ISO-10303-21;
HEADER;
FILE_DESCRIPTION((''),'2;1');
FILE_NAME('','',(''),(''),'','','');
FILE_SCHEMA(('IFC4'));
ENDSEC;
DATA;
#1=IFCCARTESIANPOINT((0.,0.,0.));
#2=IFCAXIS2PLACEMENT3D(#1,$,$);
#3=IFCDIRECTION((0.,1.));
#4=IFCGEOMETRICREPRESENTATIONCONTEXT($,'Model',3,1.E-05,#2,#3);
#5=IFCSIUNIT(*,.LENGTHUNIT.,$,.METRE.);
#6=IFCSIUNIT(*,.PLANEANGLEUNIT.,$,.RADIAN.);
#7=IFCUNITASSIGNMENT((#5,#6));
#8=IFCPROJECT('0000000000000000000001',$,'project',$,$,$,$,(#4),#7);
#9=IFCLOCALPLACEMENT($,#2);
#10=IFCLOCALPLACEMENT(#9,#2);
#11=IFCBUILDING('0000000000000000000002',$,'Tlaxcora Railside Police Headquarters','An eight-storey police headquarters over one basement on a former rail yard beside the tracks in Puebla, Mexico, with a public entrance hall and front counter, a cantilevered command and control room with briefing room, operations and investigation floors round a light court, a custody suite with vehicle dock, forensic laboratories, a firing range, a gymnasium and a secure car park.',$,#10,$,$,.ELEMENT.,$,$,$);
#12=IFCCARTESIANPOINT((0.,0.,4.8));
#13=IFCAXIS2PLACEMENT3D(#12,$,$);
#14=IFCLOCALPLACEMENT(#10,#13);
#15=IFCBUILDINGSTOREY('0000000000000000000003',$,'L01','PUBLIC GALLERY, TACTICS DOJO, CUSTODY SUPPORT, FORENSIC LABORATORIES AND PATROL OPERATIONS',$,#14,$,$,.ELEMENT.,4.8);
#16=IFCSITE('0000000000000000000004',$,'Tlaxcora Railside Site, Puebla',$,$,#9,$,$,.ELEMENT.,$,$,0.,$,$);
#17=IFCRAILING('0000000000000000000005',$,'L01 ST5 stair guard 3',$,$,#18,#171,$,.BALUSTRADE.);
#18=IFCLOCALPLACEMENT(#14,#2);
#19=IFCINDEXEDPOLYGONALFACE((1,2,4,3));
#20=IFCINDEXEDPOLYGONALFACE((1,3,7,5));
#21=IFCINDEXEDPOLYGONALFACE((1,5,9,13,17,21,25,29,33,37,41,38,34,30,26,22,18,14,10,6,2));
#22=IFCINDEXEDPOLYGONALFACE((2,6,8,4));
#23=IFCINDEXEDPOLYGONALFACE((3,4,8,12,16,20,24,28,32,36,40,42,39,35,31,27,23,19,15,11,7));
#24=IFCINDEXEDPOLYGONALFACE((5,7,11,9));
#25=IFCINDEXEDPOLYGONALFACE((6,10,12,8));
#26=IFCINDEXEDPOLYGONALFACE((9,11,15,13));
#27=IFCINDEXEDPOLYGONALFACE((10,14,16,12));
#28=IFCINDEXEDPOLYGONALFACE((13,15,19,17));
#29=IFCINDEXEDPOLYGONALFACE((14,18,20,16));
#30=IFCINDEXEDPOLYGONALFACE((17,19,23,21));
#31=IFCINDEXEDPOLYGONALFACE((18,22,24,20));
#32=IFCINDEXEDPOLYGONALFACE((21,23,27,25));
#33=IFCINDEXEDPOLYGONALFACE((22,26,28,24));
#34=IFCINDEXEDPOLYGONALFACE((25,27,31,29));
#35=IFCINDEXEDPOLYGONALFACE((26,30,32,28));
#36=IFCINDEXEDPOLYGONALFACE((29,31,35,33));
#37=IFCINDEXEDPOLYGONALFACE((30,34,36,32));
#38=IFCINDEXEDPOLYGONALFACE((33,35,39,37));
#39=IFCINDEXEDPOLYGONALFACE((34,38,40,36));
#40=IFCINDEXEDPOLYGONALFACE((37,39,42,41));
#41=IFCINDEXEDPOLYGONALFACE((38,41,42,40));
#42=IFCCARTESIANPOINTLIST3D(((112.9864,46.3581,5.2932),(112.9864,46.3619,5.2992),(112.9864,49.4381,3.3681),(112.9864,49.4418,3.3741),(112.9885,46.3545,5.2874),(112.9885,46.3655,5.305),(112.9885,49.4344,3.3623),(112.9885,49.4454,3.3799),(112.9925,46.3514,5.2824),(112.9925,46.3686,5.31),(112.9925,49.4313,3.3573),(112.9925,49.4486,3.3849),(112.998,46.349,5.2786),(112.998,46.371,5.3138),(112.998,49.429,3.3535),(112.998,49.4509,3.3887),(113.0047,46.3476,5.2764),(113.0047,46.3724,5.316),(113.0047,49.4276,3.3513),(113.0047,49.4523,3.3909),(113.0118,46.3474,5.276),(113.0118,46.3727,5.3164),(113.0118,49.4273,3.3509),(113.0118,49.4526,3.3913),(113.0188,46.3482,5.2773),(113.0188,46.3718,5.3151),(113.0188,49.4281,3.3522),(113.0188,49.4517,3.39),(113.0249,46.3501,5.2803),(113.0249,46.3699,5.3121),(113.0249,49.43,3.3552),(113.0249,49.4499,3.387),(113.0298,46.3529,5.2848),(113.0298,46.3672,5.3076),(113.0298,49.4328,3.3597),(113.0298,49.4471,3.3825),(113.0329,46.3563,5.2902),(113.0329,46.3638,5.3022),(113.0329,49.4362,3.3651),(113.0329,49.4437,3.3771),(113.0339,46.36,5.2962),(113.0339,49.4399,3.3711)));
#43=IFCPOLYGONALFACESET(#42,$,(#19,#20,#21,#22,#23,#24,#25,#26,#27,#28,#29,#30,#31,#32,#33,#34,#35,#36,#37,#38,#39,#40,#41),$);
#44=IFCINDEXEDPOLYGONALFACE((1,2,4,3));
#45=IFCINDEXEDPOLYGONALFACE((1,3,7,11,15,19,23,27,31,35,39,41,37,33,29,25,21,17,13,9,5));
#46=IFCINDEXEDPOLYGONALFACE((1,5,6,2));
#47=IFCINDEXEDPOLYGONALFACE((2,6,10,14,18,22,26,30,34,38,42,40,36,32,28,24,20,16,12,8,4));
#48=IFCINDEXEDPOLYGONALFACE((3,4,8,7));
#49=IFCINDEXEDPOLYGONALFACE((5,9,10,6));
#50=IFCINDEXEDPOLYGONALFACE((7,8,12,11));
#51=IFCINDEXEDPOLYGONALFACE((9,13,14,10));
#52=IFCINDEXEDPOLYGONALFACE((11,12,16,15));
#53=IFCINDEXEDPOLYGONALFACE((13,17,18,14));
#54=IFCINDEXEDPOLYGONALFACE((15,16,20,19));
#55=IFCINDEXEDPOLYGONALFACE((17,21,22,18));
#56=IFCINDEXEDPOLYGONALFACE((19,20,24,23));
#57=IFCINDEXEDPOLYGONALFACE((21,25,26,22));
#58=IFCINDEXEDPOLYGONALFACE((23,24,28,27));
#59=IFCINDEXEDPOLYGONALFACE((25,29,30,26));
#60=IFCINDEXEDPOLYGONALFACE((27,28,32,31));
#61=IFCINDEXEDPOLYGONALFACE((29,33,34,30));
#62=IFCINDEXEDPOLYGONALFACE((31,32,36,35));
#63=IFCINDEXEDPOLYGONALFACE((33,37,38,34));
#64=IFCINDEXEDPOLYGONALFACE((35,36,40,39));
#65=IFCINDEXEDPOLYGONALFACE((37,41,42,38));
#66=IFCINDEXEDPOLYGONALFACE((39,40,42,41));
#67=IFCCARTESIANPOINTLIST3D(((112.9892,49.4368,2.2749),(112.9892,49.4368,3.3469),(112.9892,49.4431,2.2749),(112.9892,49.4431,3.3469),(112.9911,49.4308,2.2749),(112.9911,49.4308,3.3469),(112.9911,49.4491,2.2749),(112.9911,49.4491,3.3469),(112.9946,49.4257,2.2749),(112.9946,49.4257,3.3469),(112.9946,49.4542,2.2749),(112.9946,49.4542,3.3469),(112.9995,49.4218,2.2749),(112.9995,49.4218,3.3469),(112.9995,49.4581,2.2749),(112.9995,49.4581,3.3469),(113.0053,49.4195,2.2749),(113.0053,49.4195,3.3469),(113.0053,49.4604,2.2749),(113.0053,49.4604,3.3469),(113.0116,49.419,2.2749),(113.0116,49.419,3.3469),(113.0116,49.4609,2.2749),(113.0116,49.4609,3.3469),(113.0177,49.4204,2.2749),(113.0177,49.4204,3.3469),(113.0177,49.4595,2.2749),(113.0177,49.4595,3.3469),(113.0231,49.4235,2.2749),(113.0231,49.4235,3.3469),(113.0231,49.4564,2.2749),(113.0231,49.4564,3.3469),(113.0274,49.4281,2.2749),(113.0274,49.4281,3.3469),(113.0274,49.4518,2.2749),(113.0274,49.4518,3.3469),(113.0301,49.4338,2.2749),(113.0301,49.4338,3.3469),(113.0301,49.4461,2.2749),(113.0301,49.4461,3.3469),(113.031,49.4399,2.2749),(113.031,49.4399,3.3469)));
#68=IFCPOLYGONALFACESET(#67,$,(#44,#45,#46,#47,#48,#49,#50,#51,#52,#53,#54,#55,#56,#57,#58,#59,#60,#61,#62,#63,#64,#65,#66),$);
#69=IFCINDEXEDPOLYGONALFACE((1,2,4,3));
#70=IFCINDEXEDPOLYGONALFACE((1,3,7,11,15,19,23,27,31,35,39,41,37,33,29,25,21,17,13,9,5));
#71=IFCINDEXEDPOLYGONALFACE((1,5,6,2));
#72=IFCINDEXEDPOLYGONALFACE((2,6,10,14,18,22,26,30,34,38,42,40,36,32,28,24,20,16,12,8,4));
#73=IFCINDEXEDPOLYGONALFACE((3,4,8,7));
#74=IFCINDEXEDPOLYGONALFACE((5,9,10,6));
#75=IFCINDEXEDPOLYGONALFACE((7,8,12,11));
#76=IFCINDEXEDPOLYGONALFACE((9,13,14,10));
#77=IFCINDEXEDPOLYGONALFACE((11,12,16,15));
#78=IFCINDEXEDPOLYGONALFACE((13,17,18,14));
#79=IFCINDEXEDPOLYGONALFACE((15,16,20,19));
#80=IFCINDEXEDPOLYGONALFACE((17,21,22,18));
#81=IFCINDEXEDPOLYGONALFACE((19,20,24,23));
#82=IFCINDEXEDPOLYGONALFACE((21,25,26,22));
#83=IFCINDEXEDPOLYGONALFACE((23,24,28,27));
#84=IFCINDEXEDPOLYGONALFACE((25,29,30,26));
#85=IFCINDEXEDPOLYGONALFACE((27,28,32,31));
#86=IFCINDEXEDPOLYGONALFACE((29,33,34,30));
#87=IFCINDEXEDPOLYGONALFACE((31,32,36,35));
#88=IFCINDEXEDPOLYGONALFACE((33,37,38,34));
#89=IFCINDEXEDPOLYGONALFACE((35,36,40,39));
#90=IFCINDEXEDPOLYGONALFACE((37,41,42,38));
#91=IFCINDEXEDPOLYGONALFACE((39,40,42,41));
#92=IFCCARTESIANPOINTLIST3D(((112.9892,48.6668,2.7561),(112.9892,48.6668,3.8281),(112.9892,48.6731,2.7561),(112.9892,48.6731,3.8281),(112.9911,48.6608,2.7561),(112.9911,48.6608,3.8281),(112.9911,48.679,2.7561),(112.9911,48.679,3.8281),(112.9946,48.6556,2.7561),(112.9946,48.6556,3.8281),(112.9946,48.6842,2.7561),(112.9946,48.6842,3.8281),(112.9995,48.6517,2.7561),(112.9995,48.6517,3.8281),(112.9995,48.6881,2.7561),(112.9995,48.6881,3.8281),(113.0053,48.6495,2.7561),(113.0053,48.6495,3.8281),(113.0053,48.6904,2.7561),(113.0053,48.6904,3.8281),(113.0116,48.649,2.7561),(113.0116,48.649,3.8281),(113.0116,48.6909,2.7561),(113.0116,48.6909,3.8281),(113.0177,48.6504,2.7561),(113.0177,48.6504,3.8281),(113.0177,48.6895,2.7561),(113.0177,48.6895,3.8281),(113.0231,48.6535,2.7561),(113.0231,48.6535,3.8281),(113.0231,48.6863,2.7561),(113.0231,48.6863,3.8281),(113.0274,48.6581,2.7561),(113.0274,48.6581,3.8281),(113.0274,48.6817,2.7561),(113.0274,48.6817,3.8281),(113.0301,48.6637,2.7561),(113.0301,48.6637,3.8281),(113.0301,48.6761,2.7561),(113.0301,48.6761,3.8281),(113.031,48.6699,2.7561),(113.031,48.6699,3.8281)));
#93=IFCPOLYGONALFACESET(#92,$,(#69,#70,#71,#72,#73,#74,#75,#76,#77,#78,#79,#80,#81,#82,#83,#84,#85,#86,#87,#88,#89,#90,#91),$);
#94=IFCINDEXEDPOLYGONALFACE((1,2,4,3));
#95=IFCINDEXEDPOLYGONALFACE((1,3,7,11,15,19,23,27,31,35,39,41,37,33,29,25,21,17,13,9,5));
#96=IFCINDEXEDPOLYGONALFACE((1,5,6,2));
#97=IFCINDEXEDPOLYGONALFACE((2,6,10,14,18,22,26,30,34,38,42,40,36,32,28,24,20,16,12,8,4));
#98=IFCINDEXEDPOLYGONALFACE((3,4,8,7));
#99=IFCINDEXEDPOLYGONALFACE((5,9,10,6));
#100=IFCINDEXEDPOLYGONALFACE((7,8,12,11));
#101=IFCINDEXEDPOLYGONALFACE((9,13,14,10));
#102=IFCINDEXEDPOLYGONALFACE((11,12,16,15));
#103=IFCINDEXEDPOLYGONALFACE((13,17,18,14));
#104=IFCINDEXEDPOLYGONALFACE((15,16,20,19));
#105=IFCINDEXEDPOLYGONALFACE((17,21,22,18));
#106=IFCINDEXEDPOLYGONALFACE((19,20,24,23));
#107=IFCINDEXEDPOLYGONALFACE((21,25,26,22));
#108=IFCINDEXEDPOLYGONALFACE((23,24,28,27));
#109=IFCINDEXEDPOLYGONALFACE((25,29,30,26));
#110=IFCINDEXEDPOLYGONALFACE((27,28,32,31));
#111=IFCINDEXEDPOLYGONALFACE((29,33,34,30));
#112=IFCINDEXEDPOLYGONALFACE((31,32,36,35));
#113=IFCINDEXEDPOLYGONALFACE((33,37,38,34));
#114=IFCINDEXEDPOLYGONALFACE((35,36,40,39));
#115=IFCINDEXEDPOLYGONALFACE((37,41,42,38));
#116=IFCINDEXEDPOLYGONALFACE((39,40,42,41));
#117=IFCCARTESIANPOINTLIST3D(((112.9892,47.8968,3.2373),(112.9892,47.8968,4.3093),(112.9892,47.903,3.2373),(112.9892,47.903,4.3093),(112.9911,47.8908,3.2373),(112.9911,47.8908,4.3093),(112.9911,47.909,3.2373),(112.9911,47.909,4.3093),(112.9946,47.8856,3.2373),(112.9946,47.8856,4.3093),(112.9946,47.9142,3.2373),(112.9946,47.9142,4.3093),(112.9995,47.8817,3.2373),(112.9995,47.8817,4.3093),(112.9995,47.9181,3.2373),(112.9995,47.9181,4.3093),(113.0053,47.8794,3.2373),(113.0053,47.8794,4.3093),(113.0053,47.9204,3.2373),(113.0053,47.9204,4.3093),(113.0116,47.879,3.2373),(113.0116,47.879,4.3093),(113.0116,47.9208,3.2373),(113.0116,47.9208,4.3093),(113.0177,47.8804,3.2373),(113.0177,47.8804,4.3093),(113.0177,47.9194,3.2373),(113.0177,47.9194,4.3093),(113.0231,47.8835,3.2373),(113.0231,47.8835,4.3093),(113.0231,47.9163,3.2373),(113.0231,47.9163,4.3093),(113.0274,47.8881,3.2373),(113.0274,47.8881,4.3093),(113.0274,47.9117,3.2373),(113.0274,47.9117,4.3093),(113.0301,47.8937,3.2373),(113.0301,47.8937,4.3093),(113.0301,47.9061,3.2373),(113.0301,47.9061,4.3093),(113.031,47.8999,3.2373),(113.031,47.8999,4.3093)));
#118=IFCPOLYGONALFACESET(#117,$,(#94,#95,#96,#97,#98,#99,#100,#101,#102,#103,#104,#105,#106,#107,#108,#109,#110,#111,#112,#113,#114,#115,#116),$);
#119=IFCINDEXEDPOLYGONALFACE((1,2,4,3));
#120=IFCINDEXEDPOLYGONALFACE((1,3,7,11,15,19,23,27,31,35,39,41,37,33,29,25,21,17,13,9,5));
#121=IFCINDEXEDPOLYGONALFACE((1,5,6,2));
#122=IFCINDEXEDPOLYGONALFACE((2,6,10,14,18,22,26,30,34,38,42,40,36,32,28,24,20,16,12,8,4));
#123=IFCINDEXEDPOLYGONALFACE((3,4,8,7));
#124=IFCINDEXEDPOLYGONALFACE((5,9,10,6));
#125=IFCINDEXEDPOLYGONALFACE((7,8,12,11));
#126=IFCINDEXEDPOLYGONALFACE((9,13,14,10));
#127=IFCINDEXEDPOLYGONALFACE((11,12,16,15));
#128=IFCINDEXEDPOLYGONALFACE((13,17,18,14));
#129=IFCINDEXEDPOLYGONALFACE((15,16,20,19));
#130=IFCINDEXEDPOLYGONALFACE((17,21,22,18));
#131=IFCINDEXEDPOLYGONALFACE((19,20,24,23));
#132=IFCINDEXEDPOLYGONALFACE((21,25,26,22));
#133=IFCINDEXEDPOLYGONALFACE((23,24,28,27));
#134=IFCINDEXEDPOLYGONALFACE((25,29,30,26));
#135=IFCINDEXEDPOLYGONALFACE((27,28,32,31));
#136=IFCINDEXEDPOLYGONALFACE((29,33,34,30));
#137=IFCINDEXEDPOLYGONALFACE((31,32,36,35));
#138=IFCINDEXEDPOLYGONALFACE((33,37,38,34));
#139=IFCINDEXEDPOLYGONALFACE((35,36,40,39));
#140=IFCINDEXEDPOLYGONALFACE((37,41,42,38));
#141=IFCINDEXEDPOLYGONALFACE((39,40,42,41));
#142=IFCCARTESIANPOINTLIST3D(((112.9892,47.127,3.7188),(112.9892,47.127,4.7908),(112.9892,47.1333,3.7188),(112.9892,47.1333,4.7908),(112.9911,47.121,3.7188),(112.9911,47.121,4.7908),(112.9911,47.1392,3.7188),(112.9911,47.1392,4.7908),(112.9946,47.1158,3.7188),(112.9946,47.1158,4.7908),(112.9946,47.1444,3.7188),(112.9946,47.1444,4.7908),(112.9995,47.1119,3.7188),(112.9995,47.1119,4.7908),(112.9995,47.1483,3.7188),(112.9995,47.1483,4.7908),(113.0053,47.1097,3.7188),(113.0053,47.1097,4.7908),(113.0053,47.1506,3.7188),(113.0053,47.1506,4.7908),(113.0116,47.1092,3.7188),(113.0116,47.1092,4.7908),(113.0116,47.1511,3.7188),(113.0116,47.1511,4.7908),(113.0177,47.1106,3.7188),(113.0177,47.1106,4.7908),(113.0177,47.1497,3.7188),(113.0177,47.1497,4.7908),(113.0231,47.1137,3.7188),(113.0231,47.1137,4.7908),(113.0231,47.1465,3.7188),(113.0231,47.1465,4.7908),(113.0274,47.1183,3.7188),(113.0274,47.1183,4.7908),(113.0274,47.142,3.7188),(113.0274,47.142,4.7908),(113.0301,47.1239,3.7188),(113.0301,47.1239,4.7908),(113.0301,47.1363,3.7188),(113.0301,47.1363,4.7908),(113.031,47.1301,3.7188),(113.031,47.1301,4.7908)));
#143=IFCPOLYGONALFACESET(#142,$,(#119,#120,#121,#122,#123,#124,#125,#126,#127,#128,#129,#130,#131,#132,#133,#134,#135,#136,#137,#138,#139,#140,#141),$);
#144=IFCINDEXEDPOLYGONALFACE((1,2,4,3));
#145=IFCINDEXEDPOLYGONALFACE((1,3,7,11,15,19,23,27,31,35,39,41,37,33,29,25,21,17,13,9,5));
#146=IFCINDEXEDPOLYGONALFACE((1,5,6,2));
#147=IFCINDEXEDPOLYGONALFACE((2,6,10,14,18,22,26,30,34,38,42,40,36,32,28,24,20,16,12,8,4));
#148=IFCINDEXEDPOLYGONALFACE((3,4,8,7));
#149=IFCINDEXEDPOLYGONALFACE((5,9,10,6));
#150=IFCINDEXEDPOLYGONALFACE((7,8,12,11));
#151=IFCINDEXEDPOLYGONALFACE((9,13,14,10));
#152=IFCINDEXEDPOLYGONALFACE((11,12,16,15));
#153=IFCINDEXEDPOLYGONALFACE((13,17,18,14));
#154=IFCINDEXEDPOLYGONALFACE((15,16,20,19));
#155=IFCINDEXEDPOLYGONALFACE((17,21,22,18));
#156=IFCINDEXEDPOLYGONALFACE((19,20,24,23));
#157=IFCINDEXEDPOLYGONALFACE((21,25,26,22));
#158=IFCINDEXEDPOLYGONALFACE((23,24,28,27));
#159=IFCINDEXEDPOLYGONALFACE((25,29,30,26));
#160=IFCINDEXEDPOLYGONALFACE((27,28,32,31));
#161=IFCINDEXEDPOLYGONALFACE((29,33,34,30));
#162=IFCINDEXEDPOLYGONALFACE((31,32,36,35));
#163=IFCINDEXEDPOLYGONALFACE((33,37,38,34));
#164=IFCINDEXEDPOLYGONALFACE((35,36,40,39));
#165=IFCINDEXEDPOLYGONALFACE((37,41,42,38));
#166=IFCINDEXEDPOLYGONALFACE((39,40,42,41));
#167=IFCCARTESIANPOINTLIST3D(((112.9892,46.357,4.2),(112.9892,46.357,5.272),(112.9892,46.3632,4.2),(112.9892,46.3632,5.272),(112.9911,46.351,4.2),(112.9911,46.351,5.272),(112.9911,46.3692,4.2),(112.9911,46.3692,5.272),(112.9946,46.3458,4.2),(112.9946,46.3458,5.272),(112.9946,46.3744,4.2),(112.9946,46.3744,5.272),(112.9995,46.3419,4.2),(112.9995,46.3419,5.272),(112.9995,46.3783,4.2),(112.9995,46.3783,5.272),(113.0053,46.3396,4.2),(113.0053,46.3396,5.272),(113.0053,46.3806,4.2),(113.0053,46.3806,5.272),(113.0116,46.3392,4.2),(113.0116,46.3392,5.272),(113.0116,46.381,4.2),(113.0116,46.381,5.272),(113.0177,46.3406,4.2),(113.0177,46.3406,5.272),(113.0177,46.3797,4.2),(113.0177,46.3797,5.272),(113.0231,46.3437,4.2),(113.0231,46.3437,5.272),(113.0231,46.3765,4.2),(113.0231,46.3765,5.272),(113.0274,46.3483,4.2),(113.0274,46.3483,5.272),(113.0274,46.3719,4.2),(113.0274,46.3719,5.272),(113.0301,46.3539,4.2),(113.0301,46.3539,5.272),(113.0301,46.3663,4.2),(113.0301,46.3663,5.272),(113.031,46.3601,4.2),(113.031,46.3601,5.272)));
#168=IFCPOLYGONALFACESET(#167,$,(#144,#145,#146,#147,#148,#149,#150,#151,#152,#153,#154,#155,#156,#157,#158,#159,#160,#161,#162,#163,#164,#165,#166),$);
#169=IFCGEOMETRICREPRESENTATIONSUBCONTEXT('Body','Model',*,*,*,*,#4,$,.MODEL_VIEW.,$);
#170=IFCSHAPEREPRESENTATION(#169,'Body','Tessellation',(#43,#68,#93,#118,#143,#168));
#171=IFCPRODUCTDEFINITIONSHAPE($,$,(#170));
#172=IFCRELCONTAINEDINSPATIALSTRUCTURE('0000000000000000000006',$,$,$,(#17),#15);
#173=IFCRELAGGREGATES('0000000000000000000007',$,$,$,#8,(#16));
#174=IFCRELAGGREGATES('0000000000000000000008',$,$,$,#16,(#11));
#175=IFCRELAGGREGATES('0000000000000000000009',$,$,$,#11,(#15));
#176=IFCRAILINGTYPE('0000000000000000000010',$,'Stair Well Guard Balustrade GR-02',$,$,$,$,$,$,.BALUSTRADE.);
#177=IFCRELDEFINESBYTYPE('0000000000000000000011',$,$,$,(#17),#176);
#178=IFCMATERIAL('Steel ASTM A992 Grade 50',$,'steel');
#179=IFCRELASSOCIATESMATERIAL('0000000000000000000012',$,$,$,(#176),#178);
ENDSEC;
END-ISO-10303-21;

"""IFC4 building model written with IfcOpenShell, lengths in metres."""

from ifc_helpers import new_model, si_unit, direction, frame, origin, origin_2d, place, context, subcontext, project, spatial, circle, extrude, material, type_object, element, save


model = new_model("IFC4")

# Units and contexts
model_context = context("Model", 3, precision=1e-05, world=origin(), true_north=direction((0.0, 1.0)))
body_context = subcontext(model_context, "Body", "Model", "MODEL_VIEW")
ifc_project = project(units=[si_unit("LENGTHUNIT", "METRE"), si_unit("PLANEANGLEUNIT", "RADIAN")], contexts=[model_context])

# Site, building, storey
site_placement = place(None, origin())
site = spatial("IfcSite", under=ifc_project, at=site_placement, Name="Tlaxcora Railside Site, Puebla", CompositionType="ELEMENT", RefElevation=0.0)
building_placement = place(site_placement, origin())
building = spatial("IfcBuilding", under=site, at=building_placement, Name="Tlaxcora Railside Police Headquarters", Description="An eight-storey police headquarters over one basement on a former rail yard beside the tracks in Puebla, Mexico, with a public entrance hall and front counter, a cantilevered command and control room with briefing room, operations and investigation floors round a light court, a custody suite with vehicle dock, forensic laboratories, a firing range, a gymnasium and a secure car park.", CompositionType="ELEMENT")
storey_placement = place(building_placement, frame((0.0, 0.0, 4.8)))
storey = spatial("IfcBuildingStorey", under=building, at=storey_placement, Name="L01", Description="PUBLIC GALLERY, TACTICS DOJO, CUSTODY SUPPORT, FORENSIC LABORATORIES AND PATROL OPERATIONS", CompositionType="ELEMENT", Elevation=4.8)

# Shared definitions
ifc_material_1 = material(Name="Steel ASTM A992 Grade 50", Category="steel")

# Railing
railing_type_1 = type_object("IfcRailingType", Name="Stair Well Guard Balustrade GR-02", PredefinedType="BALUSTRADE", material=ifc_material_1)
railing_1_placement = place(storey_placement, frame((113.01, 49.4399, 2.2749)))
element("IfcRailing", 1, at=railing_1_placement, inside=storey, type_object=railing_type_1, Name="L01 ST5 stair guard 3", PredefinedType="BALUSTRADE", context=body_context, shape_type="SweptSolid", body=[
    extrude(circle(Radius=0.0239, at=origin_2d()), frame((0.0, 0.0, 1.0962), z_axis=(0.0, -0.847979, 0.530029), x_axis=(1.0, 0.0, 0.0)), (0.0, 0.0, 1.0), 3.6321),
    extrude(circle(Radius=0.021, at=origin_2d()), origin(), (0.0, 0.0, 1.0), 1.072),
    extrude(circle(Radius=0.021, at=origin_2d()), frame((0.0, -0.77, 0.4812)), (0.0, 0.0, 1.0), 1.072),
    extrude(circle(Radius=0.021, at=origin_2d()), frame((0.0, -1.54, 0.9624)), (0.0, 0.0, 1.0), 1.072),
    extrude(circle(Radius=0.021, at=origin_2d()), frame((0.0, -2.3098, 1.4438)), (0.0, 0.0, 1.0), 1.072),
    extrude(circle(Radius=0.021, at=origin_2d()), frame((0.0, -3.0798, 1.925)), (0.0, 0.0, 1.0), 1.072),
])

save(model, "model.ifc")
